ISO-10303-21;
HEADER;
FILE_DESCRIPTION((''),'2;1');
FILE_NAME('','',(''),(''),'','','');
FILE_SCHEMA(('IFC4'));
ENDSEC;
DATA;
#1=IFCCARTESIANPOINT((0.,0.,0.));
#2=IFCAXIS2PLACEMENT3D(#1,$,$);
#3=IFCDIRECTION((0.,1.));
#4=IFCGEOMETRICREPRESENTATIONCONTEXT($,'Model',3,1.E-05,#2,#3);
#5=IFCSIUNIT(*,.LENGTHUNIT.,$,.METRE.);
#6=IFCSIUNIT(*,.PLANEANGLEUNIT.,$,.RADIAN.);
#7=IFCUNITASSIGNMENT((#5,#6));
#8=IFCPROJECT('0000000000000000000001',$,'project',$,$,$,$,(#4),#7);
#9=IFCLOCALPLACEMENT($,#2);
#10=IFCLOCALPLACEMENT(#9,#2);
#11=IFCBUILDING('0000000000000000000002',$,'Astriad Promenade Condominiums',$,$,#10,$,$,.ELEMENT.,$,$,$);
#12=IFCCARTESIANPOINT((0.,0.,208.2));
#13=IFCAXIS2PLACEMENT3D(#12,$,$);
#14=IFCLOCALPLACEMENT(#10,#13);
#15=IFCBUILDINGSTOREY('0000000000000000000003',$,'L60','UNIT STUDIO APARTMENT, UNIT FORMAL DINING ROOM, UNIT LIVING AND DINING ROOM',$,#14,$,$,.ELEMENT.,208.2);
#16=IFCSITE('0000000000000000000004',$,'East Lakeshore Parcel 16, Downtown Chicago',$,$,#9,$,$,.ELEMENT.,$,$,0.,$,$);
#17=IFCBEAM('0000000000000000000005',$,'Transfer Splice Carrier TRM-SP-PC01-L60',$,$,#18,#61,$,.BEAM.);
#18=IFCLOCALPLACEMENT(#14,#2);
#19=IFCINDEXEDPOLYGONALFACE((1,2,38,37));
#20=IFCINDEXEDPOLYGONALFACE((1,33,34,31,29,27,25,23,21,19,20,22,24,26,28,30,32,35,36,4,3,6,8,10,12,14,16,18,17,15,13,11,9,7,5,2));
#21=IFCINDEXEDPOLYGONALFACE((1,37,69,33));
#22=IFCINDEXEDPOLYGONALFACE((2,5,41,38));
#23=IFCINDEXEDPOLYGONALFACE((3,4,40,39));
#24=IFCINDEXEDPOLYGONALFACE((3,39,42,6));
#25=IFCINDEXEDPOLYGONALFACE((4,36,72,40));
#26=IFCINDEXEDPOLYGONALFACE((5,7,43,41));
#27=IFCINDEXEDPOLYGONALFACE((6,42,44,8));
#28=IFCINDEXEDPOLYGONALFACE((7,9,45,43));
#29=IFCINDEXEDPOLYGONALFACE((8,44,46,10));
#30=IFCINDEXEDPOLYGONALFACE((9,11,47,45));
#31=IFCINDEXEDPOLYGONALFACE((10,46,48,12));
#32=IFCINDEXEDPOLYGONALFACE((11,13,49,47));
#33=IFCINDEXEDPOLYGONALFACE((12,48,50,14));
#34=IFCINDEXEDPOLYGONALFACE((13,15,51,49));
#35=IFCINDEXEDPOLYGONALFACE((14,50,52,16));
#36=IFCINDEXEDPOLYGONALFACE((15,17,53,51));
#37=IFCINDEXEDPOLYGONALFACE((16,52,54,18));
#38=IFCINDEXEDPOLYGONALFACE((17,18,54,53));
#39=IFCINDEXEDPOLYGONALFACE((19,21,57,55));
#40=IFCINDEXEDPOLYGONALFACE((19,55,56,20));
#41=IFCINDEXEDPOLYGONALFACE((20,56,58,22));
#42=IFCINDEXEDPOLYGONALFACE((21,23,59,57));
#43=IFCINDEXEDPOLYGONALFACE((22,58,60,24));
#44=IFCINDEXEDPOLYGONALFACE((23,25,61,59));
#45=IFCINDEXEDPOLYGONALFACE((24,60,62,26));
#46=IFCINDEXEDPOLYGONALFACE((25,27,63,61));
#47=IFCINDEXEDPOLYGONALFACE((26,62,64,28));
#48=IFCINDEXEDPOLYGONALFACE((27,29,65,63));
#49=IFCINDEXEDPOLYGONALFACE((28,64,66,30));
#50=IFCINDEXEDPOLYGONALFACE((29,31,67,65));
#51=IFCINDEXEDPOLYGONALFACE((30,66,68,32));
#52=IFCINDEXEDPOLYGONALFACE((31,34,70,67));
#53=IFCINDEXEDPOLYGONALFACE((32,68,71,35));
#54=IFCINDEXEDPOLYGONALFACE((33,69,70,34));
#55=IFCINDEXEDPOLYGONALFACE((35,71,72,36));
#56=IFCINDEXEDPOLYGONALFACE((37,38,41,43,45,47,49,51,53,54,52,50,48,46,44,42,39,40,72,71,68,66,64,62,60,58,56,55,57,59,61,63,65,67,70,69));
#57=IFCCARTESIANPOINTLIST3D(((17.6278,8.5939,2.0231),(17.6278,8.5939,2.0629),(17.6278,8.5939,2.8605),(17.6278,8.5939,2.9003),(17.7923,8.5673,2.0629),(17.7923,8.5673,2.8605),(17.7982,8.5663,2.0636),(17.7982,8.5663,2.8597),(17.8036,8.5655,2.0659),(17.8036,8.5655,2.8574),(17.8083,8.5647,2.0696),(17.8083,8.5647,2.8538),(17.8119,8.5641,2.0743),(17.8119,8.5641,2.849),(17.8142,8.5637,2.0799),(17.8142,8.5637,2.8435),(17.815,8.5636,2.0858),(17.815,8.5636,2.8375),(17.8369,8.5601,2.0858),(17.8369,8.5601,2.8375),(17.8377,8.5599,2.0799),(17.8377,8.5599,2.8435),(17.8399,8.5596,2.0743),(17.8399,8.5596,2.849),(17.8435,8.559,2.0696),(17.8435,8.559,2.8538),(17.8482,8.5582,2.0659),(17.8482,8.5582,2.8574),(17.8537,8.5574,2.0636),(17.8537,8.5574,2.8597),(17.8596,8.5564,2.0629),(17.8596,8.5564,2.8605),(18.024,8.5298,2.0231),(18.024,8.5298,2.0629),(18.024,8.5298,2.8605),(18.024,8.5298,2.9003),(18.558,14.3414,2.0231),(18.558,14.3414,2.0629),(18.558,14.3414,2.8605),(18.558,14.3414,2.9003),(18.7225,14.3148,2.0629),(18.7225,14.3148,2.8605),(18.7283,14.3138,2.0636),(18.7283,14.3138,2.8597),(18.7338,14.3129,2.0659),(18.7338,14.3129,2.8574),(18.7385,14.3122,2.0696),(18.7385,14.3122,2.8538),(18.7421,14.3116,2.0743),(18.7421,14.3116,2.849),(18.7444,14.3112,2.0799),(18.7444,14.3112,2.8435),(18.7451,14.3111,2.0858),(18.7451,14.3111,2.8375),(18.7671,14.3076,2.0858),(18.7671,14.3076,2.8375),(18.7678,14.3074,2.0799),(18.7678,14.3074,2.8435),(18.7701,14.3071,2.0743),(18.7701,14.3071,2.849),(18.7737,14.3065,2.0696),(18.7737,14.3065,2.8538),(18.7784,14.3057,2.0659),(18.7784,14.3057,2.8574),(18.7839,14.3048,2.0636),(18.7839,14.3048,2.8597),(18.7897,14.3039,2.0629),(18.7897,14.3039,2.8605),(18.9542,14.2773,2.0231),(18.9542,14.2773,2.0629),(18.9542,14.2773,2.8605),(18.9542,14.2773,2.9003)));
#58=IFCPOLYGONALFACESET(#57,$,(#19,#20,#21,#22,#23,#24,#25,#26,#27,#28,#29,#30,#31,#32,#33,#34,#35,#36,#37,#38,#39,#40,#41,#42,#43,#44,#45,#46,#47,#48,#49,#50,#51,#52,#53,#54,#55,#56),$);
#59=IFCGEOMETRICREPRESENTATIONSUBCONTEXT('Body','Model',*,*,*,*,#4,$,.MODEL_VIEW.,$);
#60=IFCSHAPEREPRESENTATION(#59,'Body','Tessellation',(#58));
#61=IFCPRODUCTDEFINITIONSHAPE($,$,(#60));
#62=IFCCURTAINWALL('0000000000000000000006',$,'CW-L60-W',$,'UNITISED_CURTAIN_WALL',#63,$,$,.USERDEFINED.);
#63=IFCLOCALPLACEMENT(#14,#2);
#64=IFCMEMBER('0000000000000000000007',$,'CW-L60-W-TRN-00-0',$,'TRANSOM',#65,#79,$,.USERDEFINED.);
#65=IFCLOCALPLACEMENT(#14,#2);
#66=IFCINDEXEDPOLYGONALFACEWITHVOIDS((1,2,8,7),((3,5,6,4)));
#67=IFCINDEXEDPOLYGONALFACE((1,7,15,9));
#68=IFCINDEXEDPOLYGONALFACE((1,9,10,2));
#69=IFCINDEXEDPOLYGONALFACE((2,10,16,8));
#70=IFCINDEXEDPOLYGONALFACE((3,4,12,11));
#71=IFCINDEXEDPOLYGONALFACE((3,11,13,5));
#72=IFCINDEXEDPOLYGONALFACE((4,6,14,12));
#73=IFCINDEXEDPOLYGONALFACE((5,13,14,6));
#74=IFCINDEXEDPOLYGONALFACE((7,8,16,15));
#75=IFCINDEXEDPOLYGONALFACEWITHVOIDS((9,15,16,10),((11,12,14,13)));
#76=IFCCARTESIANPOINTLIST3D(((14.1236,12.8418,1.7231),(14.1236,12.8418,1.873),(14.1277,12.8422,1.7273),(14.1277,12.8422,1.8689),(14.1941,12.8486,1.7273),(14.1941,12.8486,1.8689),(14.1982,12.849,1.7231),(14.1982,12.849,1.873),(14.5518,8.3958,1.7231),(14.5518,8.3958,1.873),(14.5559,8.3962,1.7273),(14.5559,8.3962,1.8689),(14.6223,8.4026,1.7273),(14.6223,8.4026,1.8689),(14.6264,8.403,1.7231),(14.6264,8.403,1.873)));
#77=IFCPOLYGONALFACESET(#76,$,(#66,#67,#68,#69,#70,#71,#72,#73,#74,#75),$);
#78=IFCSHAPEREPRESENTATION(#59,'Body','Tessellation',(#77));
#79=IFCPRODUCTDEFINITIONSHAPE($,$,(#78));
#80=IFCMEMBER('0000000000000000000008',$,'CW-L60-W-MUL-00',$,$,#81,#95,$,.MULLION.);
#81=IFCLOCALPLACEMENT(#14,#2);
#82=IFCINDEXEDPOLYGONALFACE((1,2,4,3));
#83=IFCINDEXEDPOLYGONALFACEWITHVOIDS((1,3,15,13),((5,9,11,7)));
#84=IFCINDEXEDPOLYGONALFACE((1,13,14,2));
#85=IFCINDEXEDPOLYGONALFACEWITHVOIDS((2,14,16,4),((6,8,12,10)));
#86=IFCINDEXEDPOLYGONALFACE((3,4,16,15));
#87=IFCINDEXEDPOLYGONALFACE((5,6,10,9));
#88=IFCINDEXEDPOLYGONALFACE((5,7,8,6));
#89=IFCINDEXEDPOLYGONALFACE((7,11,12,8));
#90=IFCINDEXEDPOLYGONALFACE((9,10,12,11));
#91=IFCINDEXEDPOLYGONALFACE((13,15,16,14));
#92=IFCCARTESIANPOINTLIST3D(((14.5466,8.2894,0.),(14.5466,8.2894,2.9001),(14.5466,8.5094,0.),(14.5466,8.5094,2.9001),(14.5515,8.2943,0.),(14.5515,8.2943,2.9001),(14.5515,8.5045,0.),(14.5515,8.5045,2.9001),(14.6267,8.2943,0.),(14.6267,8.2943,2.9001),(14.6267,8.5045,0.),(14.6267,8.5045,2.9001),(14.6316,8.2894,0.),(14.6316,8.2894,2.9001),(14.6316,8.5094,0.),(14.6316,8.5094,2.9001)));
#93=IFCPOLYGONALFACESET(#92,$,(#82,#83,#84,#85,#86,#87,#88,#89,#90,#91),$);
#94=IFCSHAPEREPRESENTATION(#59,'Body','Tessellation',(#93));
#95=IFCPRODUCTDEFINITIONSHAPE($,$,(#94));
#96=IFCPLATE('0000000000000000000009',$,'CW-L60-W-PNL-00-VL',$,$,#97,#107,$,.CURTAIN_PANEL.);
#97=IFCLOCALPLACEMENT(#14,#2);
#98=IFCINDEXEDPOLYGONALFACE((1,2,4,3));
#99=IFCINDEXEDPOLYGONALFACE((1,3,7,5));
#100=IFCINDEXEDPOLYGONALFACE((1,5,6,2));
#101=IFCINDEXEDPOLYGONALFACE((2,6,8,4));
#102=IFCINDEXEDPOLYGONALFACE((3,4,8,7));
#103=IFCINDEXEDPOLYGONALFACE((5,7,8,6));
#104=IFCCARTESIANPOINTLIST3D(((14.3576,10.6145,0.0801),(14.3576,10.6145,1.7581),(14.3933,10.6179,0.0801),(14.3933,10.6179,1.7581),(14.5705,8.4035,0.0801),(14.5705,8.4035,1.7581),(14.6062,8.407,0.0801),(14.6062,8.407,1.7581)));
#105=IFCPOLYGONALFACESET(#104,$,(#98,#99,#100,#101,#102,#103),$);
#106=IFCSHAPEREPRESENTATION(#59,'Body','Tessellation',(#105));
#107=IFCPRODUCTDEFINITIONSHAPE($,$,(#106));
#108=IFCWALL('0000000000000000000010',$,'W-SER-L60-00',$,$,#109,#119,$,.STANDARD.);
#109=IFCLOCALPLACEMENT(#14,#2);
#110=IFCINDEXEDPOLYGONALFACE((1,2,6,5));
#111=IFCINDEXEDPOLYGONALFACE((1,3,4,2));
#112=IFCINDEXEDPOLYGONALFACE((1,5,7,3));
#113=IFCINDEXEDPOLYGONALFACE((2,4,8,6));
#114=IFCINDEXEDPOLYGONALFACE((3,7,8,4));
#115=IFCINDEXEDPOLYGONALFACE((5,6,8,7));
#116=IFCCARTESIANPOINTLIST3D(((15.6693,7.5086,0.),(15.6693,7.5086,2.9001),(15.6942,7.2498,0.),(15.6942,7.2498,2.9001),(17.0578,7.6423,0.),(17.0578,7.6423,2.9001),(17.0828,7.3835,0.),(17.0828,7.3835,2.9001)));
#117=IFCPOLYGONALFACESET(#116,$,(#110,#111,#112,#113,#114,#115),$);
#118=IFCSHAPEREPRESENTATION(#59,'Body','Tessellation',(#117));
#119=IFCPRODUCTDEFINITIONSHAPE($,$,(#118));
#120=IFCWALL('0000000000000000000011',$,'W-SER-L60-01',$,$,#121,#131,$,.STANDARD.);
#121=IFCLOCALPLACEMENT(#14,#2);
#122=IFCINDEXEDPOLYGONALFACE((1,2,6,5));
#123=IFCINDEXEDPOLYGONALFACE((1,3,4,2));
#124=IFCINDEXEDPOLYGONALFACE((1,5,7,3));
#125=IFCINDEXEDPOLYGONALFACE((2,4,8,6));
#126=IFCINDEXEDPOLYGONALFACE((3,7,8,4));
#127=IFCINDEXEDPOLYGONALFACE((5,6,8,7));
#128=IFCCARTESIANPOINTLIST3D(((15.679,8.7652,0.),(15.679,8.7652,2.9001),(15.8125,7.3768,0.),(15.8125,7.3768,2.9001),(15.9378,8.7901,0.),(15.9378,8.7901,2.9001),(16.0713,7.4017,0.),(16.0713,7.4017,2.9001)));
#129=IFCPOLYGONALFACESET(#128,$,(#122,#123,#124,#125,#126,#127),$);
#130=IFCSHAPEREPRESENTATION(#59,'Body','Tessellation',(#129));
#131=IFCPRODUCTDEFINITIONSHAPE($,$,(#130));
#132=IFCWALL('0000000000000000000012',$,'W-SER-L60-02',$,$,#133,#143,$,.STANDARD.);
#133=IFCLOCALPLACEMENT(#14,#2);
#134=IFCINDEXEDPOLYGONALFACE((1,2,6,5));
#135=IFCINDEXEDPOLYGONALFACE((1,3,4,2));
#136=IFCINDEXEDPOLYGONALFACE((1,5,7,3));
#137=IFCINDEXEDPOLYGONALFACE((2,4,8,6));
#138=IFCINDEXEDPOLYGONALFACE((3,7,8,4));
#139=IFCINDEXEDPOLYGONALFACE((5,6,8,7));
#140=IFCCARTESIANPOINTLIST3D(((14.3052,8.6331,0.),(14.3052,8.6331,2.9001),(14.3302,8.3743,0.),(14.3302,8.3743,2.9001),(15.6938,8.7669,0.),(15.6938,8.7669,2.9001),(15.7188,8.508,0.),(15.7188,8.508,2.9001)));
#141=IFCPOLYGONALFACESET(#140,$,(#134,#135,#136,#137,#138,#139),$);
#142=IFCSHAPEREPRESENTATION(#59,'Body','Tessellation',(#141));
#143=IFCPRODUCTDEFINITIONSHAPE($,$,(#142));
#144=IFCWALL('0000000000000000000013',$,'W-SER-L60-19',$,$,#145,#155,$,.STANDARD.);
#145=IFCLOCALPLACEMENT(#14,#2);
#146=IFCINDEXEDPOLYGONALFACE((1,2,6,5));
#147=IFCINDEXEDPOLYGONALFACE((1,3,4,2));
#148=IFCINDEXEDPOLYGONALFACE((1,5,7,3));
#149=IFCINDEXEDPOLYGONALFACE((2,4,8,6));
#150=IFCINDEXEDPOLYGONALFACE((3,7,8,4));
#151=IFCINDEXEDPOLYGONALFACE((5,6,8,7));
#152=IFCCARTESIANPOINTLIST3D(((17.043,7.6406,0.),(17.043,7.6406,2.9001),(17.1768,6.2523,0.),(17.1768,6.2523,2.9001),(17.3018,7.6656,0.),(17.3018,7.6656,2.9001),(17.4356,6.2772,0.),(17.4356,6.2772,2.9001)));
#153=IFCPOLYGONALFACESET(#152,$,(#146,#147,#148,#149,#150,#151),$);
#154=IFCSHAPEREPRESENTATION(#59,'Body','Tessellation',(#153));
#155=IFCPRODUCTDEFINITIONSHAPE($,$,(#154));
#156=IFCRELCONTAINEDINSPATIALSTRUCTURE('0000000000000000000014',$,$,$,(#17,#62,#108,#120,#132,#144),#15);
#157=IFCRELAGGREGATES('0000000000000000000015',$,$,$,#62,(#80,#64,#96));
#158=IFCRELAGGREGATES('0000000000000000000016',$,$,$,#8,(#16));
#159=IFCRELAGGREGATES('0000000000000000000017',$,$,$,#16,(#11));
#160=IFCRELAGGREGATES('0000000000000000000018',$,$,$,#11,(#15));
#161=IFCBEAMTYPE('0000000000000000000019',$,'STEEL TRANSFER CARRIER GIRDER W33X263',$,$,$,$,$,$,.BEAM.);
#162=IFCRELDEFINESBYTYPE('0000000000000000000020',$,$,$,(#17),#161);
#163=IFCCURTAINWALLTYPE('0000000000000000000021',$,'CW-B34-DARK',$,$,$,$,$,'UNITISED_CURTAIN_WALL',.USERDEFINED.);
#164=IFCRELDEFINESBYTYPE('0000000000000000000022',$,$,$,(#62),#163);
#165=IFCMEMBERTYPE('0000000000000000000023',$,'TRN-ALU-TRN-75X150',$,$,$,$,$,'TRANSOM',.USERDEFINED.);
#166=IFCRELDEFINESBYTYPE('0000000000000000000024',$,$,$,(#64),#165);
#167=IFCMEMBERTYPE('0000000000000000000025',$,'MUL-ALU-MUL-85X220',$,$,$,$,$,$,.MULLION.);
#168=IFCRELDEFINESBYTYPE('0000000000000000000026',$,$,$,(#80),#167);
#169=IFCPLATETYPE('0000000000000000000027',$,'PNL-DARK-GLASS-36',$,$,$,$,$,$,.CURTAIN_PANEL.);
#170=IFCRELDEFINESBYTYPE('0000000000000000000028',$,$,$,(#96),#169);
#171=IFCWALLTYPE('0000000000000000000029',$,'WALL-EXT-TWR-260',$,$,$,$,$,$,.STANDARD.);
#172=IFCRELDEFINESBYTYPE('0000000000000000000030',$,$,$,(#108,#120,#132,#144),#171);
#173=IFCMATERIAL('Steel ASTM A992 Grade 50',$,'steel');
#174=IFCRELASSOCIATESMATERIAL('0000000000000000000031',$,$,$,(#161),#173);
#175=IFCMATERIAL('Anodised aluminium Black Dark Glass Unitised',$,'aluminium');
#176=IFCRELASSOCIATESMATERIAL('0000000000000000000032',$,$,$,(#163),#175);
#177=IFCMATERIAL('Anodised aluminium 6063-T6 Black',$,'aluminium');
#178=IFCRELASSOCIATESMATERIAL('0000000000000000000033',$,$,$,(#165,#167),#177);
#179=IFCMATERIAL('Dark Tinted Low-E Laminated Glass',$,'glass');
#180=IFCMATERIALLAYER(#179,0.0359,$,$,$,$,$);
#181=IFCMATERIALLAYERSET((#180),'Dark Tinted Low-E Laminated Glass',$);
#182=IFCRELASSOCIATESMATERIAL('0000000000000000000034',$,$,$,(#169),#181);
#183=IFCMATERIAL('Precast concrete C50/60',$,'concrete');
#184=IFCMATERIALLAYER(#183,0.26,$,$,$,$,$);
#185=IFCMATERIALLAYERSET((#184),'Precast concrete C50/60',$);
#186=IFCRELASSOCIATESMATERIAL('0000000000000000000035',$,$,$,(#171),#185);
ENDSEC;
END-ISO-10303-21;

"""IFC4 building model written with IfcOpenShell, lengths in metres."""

from ifc_helpers import new_model, si_unit, direction, frame, frame_2d, origin, origin_2d, place, context, subcontext, project, spatial, rectangle, hollow_rectangle, i_section, extrude, source, transform, mapped, material, layer, layer_set, material_profile, profile_set, type_object, type_shapes, element, aggregate, save


model = new_model("IFC4")

# Units and contexts
model_context = context("Model", 3, precision=1e-05, world=origin(), true_north=direction((0.0, 1.0)))
body_context = subcontext(model_context, "Body", "Model", "MODEL_VIEW")
ifc_project = project(units=[si_unit("LENGTHUNIT", "METRE"), si_unit("PLANEANGLEUNIT", "RADIAN")], contexts=[model_context])

# Site, building, storey
site_placement = place(None, origin())
site = spatial("IfcSite", under=ifc_project, at=site_placement, Name="East Lakeshore Parcel 16, Downtown Chicago", CompositionType="ELEMENT", RefElevation=0.0)
building_placement = place(site_placement, origin())
building = spatial("IfcBuilding", under=site, at=building_placement, Name="Astriad Promenade Condominiums", CompositionType="ELEMENT")
storey_placement = place(building_placement, frame((0.0, 0.0, 208.2)))
storey = spatial("IfcBuildingStorey", under=building, at=storey_placement, Name="L60", Description="UNIT STUDIO APARTMENT, UNIT FORMAL DINING ROOM, UNIT LIVING AND DINING ROOM", CompositionType="ELEMENT", Elevation=208.2)

# Beam
ifc_material_1 = material(Name="Steel ASTM A992 Grade 50", Category="steel")
ifc_material_profile_1 = material_profile(ifc_material_1, i_section(OverallWidth=0.4014, OverallDepth=0.8772, WebThickness=0.0222, FlangeThickness=0.0398, FilletRadius=0.0229, at=origin_2d()), Name="W33X263")
ifc_profile_set_1 = profile_set([ifc_material_profile_1], Name="Steel ASTM A992 Grade 50")
beam_type_1 = type_object("IfcBeamType", Name="STEEL TRANSFER CARRIER GIRDER W33X263", PredefinedType="BEAM", material=ifc_profile_set_1)
shared_shape_1 = source(origin(), body_context, "Body", "SweptSolid", [
    extrude(i_section(OverallWidth=0.4014, OverallDepth=0.8772, WebThickness=0.0222, FlangeThickness=0.0398, FilletRadius=0.0229, at=origin_2d()), origin(), (0.0, 0.0, 1.0), 5.8223),
])
type_shapes(beam_type_1, [shared_shape_1])
beam_1_placement = place(storey_placement, frame((18.7561, 14.3093, 2.4617), z_axis=(-0.15976, -0.987156, 0.0), x_axis=(0.987156, -0.15976, 0.0)))
element("IfcBeam", 1, at=beam_1_placement, inside=storey, type_object=beam_type_1, Name="Transfer Splice Carrier TRM-SP-PC01-L60", PredefinedType="BEAM", context=body_context, shape_type="MappedRepresentation", body=[
    mapped(shared_shape_1, transform((0.0, 0.0, 0.0), scale=1.0)),
])

# Curtain wall, members, plate
ifc_material_2 = material(Name="Anodised aluminium Black Dark Glass Unitised", Category="aluminium")
curtain_wall_type = type_object("IfcCurtainWallType", Name="CW-B34-DARK", ElementType="UNITISED_CURTAIN_WALL", PredefinedType="USERDEFINED", material=ifc_material_2)
curtain_wall_placement = place(storey_placement, origin())
curtain_wall = element("IfcCurtainWall", 2, at=curtain_wall_placement, inside=storey, type_object=curtain_wall_type, Name="CW-L60-W", ObjectType="UNITISED_CURTAIN_WALL", PredefinedType="USERDEFINED")
ifc_material_3 = material(Name="Anodised aluminium 6063-T6 Black", Category="aluminium")
ifc_material_profile_2 = material_profile(ifc_material_3, hollow_rectangle(XDim=0.075, YDim=0.1499, WallThickness=0.0042, at=origin_2d()), Name="ALU-TRN-75X150")
ifc_profile_set_2 = profile_set([ifc_material_profile_2], Name="Anodised aluminium 6063-T6 Black")
member_type_1 = type_object("IfcMemberType", Name="TRN-ALU-TRN-75X150", ElementType="TRANSOM", PredefinedType="USERDEFINED", material=ifc_profile_set_2)
shared_shape_2 = source(origin(), body_context, "Body", "SweptSolid", [
    extrude(hollow_rectangle(XDim=0.075, YDim=0.1499, WallThickness=0.0042, at=origin_2d()), origin(), (0.0, 0.0, 1.0), 4.4666),
])
type_shapes(member_type_1, [shared_shape_2])
member_1_placement = place(storey_placement, frame((14.5891, 8.3994, 1.7981), z_axis=(-0.095872, 0.995394, 0.0), x_axis=(-0.995394, -0.095872, 0.0)))
member_1 = element("IfcMember", 3, at=member_1_placement, type_object=member_type_1, Name="CW-L60-W-TRN-00-0", ObjectType="TRANSOM", PredefinedType="USERDEFINED", context=body_context, shape_type="MappedRepresentation", body=[
    mapped(shared_shape_2, transform((0.0, 0.0, 0.0), scale=1.0)),
])
ifc_material_profile_3 = material_profile(ifc_material_3, hollow_rectangle(XDim=0.085, YDim=0.22, WallThickness=0.0049, at=origin_2d()), Name="ALU-MUL-85X220")
ifc_profile_set_3 = profile_set([ifc_material_profile_3], Name="Anodised aluminium 6063-T6 Black")
member_type_2 = type_object("IfcMemberType", Name="MUL-ALU-MUL-85X220", PredefinedType="MULLION", material=ifc_profile_set_3)
shared_shape_3 = source(origin(), body_context, "Body", "SweptSolid", [
    extrude(hollow_rectangle(XDim=0.085, YDim=0.22, WallThickness=0.0049, at=origin_2d()), origin(), (0.0, 0.0, 1.0), 2.9001),
])
type_shapes(member_type_2, [shared_shape_3])
member_2_placement = place(storey_placement, frame((14.5891, 8.3994, 0.0), z_axis=(0.0, 0.0, 1.0), x_axis=(1.0, 0.0, 0.0)))
member_2 = element("IfcMember", 4, at=member_2_placement, type_object=member_type_2, Name="CW-L60-W-MUL-00", PredefinedType="MULLION", context=body_context, shape_type="MappedRepresentation", body=[
    mapped(shared_shape_3, transform((0.0, 0.0, 0.0), scale=1.0)),
])
ifc_material_4 = material(Name="Dark Tinted Low-E Laminated Glass", Category="glass")
ifc_layer_1 = layer(ifc_material_4, 0.0359)
ifc_layer_set_1 = layer_set([ifc_layer_1], Name="Dark Tinted Low-E Laminated Glass")
plate_type = type_object("IfcPlateType", Name="PNL-DARK-GLASS-36", PredefinedType="CURTAIN_PANEL", material=ifc_layer_set_1)
shared_shape_4 = source(origin(), body_context, "Body", "SweptSolid", [
    extrude(rectangle(XDim=2.2212, YDim=0.0359, at=origin_2d()), origin(), (0.0, 0.0, 1.0), 1.678),
])
type_shapes(plate_type, [shared_shape_4])
plate_placement = place(storey_placement, frame((14.4819, 9.5107, 0.0801), z_axis=(0.0, 0.0, 1.0), x_axis=(-0.095846, 0.995396, 0.0)))
plate = element("IfcPlate", 5, at=plate_placement, type_object=plate_type, Name="CW-L60-W-PNL-00-VL", PredefinedType="CURTAIN_PANEL", context=body_context, shape_type="MappedRepresentation", body=[
    mapped(shared_shape_4, transform((0.0, 0.0, 0.0), scale=1.0)),
])
aggregate(curtain_wall, [member_2, member_1, plate])

# Walls
ifc_material_5 = material(Name="Precast concrete C50/60", Category="concrete")
ifc_layer_2 = layer(ifc_material_5, 0.26)
ifc_layer_set_2 = layer_set([ifc_layer_2], Name="Precast concrete C50/60")
wall_type_1 = type_object("IfcWallType", Name="WALL-EXT-TWR-260", PredefinedType="STANDARD", material=ifc_layer_set_2)
wall_1_placement = place(storey_placement, frame((17.0703, 7.5129, 0.0), z_axis=(0.0, 0.0, 1.0), x_axis=(-0.995391, -0.095899, 0.0)))
element("IfcWall", 6, at=wall_1_placement, inside=storey, type_object=wall_type_1, Name="W-SER-L60-00", PredefinedType="STANDARD", context=body_context, shape_type="SweptSolid", body=[
    extrude(rectangle(XDim=1.395, YDim=0.26, at=frame_2d((0.6975, 0.0))), origin(), (0.0, 0.0, 1.0), 2.9001),
])
wall_2_placement = place(storey_placement, frame((15.9419, 7.3894, 0.0), z_axis=(0.0, 0.0, 1.0), x_axis=(-0.095742, 0.995406, 0.0)))
element("IfcWall", 7, at=wall_2_placement, inside=storey, type_object=wall_type_1, Name="W-SER-L60-01", PredefinedType="STANDARD", context=body_context, shape_type="SweptSolid", body=[
    extrude(rectangle(XDim=1.3948, YDim=0.26, at=frame_2d((0.6973, 0.0))), origin(), (0.0, 0.0, 1.0), 2.9001),
])
wall_3_placement = place(storey_placement, frame((15.7063, 8.6375, 0.0), z_axis=(0.0, 0.0, 1.0), x_axis=(-0.995391, -0.095899, 0.0)))
element("IfcWall", 8, at=wall_3_placement, inside=storey, type_object=wall_type_1, Name="W-SER-L60-02", PredefinedType="STANDARD", context=body_context, shape_type="SweptSolid", body=[
    extrude(rectangle(XDim=1.395, YDim=0.26, at=frame_2d((0.6975, 0.0))), origin(), (0.0, 0.0, 1.0), 2.9001),
])
wall_4_placement = place(storey_placement, frame((17.3062, 6.2649, 0.0), z_axis=(0.0, 0.0, 1.0), x_axis=(-0.095916, 0.995389, 0.0)))
element("IfcWall", 9, at=wall_4_placement, inside=storey, type_object=wall_type_1, Name="W-SER-L60-19", PredefinedType="STANDARD", context=body_context, shape_type="SweptSolid", body=[
    extrude(rectangle(XDim=1.3948, YDim=0.26, at=frame_2d((0.6973, 0.0))), origin(), (0.0, 0.0, 1.0), 2.9001),
])

save(model, "model.ifc")
